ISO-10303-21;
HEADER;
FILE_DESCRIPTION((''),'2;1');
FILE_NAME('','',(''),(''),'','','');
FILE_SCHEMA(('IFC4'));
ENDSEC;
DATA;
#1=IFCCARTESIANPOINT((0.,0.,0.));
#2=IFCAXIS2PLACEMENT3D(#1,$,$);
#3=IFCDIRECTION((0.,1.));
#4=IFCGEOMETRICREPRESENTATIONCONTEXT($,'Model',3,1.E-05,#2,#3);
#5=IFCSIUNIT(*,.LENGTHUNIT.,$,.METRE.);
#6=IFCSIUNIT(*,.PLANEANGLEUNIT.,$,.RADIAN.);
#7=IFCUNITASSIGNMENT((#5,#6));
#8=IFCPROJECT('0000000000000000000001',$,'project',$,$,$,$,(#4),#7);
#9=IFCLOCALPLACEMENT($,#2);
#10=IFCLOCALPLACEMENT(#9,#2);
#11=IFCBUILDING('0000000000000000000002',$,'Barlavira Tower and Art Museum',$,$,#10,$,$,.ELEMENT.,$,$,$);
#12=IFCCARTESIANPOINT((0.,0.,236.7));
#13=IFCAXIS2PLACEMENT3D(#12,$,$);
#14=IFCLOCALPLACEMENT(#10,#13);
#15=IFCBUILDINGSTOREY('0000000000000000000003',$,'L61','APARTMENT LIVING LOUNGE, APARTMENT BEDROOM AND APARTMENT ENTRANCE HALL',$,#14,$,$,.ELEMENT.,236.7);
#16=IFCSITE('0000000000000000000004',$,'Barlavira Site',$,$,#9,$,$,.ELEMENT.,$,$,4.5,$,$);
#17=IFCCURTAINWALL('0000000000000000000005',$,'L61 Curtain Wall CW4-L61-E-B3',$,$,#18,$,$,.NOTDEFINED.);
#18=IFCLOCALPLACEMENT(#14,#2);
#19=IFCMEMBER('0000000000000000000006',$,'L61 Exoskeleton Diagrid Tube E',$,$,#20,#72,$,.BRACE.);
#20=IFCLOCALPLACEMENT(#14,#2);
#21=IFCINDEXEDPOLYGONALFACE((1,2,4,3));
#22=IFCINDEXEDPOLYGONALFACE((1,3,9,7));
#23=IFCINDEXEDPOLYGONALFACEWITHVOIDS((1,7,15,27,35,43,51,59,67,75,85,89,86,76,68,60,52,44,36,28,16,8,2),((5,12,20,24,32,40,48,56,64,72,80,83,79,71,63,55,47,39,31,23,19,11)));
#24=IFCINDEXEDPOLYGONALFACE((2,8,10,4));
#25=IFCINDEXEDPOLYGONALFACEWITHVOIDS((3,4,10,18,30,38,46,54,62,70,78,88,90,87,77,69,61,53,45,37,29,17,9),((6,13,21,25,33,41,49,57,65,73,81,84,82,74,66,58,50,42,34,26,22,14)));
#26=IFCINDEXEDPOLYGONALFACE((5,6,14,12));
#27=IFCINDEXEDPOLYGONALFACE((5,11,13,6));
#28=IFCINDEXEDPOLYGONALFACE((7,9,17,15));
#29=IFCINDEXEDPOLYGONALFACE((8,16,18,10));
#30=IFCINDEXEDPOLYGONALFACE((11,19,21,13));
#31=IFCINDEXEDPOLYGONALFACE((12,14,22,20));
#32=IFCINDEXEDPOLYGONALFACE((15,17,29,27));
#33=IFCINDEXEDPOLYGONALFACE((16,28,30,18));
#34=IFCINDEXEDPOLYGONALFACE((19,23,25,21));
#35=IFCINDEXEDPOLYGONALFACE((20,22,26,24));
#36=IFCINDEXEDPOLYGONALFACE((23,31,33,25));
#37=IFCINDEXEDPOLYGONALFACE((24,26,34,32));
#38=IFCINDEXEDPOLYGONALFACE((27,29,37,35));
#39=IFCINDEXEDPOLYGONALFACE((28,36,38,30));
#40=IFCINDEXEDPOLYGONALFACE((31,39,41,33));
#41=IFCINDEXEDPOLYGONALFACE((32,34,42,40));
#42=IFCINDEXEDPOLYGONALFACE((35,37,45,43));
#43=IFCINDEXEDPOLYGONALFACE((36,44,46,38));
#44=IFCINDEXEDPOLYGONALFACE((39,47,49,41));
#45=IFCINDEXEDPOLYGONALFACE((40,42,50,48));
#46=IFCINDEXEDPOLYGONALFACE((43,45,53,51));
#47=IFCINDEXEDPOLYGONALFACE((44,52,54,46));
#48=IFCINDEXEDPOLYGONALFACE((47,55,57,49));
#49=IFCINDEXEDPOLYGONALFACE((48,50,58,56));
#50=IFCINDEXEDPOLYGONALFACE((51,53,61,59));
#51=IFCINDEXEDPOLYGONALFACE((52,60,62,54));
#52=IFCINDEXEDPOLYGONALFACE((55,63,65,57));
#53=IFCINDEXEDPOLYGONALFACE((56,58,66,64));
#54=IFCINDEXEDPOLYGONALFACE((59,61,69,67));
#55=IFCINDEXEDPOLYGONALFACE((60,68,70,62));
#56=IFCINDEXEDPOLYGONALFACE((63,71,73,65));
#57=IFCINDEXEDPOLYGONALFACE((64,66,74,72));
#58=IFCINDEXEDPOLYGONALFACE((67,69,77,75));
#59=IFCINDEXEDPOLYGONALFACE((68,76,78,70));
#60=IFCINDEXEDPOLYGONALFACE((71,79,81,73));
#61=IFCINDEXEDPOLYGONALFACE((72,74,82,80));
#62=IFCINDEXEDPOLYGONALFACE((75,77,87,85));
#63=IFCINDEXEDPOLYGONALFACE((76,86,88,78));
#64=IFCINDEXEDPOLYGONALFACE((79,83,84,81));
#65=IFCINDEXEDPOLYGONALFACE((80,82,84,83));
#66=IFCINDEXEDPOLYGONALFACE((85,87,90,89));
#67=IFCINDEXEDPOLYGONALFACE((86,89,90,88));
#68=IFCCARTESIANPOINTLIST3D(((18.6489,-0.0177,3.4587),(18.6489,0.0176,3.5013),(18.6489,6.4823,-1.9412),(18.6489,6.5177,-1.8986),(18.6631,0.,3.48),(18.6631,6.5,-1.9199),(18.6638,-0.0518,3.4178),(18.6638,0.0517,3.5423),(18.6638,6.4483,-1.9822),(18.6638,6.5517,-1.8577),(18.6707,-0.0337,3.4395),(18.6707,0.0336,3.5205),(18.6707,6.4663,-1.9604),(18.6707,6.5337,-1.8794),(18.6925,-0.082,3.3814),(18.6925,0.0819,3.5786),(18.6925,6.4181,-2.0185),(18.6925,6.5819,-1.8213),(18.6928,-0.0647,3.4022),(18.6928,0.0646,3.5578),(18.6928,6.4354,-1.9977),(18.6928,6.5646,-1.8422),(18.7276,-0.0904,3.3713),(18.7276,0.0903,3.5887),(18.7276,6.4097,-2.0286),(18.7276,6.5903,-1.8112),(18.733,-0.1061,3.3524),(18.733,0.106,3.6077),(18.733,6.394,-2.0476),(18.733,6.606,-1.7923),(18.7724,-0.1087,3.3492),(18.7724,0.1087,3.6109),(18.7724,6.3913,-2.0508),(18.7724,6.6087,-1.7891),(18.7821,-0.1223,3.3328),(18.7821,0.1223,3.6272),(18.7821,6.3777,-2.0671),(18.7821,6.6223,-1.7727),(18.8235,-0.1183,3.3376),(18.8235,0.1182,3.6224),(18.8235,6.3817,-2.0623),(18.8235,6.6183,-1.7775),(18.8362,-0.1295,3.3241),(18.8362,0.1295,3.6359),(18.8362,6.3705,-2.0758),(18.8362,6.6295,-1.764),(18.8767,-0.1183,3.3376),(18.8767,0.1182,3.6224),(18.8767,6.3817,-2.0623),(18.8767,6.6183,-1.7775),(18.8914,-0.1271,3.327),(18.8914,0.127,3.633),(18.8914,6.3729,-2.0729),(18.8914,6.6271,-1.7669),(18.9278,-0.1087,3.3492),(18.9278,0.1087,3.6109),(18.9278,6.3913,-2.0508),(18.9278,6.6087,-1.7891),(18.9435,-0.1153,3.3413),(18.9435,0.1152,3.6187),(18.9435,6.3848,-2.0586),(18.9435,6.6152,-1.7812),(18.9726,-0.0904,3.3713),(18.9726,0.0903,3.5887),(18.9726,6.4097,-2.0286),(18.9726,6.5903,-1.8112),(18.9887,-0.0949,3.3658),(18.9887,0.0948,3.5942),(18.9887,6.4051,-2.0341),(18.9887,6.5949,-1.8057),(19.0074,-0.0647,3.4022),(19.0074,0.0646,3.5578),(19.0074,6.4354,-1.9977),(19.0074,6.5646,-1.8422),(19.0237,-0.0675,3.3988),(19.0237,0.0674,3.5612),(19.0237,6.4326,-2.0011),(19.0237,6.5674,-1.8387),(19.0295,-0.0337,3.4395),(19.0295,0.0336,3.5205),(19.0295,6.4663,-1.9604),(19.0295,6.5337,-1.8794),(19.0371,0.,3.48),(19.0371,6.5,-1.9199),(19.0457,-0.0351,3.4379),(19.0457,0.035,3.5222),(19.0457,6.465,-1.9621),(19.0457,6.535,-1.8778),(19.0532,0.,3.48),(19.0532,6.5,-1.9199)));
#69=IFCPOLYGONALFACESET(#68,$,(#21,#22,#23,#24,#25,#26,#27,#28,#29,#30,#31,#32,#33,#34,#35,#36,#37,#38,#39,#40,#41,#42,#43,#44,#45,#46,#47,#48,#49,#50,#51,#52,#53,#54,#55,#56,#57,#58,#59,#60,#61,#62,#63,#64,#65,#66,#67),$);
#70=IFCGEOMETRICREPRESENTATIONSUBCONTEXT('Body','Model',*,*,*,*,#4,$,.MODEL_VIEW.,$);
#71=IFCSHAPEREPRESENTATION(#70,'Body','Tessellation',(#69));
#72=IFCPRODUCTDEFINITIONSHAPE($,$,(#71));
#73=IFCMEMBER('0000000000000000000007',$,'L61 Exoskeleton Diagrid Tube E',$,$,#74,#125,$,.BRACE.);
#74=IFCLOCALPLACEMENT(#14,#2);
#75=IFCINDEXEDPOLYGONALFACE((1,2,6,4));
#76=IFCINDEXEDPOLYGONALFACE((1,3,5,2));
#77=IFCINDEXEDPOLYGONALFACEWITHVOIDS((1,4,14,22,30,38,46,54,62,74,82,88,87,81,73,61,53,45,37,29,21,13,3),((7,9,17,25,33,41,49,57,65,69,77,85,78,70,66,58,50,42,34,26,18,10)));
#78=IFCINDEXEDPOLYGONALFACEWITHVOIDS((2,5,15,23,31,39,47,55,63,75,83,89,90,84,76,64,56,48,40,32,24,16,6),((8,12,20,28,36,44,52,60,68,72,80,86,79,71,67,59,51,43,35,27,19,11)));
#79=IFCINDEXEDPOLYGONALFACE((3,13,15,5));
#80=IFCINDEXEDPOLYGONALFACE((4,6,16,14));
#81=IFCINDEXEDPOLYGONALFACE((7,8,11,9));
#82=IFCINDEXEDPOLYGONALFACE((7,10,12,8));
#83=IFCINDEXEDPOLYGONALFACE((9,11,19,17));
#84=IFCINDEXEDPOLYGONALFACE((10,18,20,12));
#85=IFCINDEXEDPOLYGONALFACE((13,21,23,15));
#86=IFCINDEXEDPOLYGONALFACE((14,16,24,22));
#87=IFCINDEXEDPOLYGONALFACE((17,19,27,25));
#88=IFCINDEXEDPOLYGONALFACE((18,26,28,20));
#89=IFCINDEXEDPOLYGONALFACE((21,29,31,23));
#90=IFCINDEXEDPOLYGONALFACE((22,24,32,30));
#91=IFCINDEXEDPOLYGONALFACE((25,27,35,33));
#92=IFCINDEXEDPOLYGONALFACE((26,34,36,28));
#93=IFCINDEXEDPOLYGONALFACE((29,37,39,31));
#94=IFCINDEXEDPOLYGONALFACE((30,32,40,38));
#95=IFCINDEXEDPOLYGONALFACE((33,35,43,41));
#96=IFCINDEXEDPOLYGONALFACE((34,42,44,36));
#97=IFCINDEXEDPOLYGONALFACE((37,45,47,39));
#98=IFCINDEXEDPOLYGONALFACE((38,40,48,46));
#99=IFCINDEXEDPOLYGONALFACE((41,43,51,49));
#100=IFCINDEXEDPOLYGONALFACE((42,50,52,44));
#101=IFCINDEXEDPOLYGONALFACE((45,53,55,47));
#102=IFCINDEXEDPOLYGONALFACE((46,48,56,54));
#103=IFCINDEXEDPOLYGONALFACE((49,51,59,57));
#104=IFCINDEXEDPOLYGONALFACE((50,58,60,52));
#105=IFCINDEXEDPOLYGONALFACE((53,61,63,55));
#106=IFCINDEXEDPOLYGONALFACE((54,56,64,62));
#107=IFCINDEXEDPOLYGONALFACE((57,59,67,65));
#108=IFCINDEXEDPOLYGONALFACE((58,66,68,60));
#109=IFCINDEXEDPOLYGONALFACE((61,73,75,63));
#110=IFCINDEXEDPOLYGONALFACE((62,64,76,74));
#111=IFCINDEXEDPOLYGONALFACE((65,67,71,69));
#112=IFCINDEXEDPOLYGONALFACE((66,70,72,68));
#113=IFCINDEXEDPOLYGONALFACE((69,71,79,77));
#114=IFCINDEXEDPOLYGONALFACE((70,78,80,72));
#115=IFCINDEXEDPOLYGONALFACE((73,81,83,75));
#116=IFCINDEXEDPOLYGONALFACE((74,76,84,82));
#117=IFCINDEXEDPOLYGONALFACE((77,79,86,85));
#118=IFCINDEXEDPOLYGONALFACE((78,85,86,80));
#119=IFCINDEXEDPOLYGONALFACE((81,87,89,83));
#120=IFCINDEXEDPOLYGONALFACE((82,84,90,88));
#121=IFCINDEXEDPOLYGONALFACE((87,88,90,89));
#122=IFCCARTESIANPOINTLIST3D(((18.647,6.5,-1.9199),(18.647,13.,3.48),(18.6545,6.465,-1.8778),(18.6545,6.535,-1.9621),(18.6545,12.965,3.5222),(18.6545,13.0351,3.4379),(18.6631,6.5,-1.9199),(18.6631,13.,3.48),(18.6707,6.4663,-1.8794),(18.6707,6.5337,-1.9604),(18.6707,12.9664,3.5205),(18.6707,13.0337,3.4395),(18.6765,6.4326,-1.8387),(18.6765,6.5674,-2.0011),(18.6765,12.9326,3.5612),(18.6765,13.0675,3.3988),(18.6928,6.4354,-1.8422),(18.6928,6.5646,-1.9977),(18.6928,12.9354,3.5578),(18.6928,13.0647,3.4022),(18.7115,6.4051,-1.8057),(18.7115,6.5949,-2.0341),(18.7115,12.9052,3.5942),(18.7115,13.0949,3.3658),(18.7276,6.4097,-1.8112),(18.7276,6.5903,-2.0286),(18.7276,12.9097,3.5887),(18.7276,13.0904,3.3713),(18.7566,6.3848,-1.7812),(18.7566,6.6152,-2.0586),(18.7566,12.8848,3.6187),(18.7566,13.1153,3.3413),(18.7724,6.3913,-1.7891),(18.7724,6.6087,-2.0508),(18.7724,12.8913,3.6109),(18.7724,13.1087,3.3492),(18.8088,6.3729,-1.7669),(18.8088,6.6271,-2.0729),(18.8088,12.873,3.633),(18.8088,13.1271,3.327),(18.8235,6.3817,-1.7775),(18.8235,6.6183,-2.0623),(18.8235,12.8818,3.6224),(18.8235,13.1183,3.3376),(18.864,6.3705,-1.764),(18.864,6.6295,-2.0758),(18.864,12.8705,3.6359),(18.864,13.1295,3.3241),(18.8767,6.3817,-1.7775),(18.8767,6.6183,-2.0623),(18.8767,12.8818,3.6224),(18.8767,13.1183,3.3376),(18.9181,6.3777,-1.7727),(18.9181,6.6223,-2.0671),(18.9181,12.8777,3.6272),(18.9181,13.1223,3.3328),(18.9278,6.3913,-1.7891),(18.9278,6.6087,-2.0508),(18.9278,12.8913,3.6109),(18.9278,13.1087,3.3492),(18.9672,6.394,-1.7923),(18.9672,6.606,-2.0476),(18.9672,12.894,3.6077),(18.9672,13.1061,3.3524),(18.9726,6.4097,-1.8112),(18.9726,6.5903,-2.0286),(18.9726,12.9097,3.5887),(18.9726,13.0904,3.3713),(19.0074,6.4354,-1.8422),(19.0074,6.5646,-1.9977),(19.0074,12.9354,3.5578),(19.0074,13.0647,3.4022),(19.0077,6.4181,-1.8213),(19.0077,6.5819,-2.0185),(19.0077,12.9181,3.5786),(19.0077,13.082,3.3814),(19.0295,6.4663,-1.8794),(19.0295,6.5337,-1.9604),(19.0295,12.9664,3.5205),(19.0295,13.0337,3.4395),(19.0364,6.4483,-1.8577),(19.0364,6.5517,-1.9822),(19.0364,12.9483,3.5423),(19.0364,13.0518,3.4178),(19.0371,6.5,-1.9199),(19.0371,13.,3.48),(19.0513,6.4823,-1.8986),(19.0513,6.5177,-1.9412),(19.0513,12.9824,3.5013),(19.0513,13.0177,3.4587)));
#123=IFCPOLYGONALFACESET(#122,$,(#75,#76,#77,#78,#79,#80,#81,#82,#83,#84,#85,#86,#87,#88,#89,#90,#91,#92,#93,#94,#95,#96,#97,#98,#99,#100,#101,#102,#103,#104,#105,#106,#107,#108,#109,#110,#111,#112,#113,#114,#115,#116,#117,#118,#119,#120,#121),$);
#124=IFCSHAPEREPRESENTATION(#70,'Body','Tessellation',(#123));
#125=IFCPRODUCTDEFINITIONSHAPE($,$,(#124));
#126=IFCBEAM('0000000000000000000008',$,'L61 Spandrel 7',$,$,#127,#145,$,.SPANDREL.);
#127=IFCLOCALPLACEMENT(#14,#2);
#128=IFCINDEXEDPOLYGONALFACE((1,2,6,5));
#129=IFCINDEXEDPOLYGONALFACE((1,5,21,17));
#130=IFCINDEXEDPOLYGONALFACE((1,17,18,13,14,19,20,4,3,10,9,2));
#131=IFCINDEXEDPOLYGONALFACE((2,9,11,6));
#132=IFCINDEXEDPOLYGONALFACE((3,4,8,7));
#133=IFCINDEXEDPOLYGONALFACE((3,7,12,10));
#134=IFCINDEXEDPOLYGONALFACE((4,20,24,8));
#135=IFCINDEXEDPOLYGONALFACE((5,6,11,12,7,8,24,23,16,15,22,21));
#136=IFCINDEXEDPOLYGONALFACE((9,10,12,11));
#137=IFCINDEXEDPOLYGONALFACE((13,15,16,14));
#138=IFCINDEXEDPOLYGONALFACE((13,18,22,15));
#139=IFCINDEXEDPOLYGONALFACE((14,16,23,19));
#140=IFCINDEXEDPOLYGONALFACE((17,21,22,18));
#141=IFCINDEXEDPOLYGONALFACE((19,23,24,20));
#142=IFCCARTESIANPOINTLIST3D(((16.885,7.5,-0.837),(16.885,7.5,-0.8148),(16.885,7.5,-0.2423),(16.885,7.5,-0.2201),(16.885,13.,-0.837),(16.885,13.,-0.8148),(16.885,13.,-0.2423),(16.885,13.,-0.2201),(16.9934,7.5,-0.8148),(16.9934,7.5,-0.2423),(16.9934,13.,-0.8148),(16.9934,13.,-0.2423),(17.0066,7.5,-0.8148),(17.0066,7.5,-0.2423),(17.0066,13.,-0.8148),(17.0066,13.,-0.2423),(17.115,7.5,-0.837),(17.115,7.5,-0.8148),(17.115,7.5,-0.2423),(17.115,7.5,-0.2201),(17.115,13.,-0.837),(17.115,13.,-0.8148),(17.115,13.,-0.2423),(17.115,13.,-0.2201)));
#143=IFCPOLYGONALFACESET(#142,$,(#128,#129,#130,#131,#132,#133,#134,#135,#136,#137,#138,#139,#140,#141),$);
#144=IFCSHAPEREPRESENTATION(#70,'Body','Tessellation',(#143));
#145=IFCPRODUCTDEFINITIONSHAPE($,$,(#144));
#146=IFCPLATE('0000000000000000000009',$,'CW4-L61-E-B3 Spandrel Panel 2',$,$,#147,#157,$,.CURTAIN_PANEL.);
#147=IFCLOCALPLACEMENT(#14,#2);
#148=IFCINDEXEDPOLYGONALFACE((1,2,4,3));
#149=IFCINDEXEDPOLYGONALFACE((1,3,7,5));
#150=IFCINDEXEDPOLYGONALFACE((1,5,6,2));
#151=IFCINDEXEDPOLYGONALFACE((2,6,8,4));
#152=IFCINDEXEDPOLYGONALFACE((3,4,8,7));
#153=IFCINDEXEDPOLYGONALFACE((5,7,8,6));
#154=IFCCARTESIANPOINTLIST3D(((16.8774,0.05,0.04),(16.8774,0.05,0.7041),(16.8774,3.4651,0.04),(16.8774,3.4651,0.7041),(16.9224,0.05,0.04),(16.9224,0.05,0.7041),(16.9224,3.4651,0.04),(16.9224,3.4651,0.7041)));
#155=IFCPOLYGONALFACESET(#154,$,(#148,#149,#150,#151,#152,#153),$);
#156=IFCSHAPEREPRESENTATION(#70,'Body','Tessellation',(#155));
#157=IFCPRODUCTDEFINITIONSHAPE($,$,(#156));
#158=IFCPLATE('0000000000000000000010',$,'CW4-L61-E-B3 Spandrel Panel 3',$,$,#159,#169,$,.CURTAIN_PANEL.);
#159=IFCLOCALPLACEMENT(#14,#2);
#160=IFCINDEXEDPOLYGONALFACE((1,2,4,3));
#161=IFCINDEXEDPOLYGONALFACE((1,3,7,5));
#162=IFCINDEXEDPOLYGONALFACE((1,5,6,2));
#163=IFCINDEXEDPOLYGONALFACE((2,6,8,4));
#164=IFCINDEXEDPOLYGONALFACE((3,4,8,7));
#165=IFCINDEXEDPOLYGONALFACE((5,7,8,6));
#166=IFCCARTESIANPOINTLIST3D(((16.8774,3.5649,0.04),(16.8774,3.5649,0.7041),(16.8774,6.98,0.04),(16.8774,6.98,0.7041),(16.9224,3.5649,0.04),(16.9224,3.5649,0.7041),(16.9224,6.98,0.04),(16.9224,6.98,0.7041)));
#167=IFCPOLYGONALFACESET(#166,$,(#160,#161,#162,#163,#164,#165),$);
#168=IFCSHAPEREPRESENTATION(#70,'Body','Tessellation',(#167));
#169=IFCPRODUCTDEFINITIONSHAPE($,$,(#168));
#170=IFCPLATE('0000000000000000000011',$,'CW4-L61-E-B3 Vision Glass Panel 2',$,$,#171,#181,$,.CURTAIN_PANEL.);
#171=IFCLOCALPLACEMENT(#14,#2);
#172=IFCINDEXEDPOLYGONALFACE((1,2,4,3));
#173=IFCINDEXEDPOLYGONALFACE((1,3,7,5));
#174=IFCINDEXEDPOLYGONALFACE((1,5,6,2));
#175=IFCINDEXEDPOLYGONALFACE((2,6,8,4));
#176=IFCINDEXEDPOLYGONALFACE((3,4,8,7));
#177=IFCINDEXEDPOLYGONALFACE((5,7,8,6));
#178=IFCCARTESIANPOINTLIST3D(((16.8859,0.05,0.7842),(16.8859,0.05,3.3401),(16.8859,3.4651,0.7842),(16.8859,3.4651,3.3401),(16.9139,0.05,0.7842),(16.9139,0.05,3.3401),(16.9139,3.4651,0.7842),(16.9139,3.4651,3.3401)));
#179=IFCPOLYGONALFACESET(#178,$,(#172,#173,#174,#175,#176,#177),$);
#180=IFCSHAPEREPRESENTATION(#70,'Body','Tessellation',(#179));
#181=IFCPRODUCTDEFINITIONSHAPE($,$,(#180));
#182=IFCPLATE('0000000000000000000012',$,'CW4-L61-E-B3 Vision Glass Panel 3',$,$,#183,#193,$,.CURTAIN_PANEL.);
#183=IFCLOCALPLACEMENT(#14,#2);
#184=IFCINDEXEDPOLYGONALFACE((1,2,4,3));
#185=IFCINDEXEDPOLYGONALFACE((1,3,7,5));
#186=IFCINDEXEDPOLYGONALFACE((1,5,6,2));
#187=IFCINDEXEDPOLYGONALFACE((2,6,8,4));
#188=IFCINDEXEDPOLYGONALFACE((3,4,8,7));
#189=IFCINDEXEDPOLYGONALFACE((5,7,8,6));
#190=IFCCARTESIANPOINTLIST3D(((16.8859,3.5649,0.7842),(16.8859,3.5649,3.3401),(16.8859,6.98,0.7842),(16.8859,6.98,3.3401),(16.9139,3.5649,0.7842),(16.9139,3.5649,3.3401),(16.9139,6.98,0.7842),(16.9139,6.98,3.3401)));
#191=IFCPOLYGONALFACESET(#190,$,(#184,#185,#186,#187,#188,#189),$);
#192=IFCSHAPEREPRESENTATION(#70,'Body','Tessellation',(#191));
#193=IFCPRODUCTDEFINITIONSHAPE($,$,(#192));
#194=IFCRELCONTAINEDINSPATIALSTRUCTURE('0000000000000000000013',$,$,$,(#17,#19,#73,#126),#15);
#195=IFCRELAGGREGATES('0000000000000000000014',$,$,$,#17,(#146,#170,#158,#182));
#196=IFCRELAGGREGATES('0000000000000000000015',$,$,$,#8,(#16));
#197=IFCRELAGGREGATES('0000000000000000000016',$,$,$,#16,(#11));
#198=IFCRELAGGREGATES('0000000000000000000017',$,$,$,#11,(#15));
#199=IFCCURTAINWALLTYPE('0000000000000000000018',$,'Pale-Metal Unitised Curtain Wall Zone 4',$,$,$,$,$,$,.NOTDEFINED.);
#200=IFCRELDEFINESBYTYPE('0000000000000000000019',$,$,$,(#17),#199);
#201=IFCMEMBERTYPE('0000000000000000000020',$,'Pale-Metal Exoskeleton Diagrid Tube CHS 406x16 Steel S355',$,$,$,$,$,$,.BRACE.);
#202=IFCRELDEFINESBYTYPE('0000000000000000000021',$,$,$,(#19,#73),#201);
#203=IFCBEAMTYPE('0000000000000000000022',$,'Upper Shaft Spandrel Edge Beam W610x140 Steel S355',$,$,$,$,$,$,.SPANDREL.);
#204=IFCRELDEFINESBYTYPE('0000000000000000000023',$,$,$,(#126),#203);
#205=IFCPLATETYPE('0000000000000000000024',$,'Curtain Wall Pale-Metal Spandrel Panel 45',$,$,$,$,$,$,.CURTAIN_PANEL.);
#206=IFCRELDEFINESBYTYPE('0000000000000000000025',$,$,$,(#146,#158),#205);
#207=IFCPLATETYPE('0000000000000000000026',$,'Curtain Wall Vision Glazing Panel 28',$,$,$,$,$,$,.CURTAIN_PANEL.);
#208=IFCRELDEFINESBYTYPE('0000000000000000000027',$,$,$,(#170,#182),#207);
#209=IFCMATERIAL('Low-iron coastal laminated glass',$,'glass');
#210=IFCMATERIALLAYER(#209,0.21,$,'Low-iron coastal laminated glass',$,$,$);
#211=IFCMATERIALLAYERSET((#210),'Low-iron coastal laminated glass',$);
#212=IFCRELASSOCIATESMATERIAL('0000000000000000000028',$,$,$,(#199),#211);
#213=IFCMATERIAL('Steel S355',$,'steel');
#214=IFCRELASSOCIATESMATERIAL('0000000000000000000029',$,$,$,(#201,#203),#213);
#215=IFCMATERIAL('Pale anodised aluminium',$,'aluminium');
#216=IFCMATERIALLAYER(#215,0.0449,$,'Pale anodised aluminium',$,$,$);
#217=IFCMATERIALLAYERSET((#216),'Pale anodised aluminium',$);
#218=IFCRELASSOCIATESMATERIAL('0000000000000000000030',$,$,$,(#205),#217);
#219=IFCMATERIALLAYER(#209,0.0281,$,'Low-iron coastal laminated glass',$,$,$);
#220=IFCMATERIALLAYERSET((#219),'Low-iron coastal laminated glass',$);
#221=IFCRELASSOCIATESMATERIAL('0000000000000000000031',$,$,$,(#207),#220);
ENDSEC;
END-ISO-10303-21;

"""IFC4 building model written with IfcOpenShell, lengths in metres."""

from ifc_helpers import new_model, si_unit, direction, frame, origin, origin_2d, place, context, subcontext, project, spatial, rectangle, hollow_circle, i_section, extrude, material, layer, layer_set, material_profile, profile_set, type_object, element, aggregate, save


model = new_model("IFC4")

# Units and contexts
model_context = context("Model", 3, precision=1e-05, world=origin(), true_north=direction((0.0, 1.0)))
body_context = subcontext(model_context, "Body", "Model", "MODEL_VIEW")
ifc_project = project(units=[si_unit("LENGTHUNIT", "METRE"), si_unit("PLANEANGLEUNIT", "RADIAN")], contexts=[model_context])

# Site, building, storey
site_placement = place(None, origin())
site = spatial("IfcSite", under=ifc_project, at=site_placement, Name="Barlavira Site", CompositionType="ELEMENT", RefElevation=4.5)
building_placement = place(site_placement, origin())
building = spatial("IfcBuilding", under=site, at=building_placement, Name="Barlavira Tower and Art Museum", CompositionType="ELEMENT")
storey_placement = place(building_placement, frame((0.0, 0.0, 236.7)))
storey = spatial("IfcBuildingStorey", under=building, at=storey_placement, Name="L61", Description="APARTMENT LIVING LOUNGE, APARTMENT BEDROOM AND APARTMENT ENTRANCE HALL", CompositionType="ELEMENT", Elevation=236.7)

# Curtain wall
ifc_material_1 = material(Name="Low-iron coastal laminated glass", Category="glass")
ifc_layer_1 = layer(ifc_material_1, 0.21, Name="Low-iron coastal laminated glass")
ifc_layer_set_1 = layer_set([ifc_layer_1], Name="Low-iron coastal laminated glass")
curtain_wall_type = type_object("IfcCurtainWallType", Name="Pale-Metal Unitised Curtain Wall Zone 4", PredefinedType="NOTDEFINED", material=ifc_layer_set_1)
curtain_wall_placement = place(storey_placement, origin())
curtain_wall = element("IfcCurtainWall", 1, at=curtain_wall_placement, inside=storey, type_object=curtain_wall_type, Name="L61 Curtain Wall CW4-L61-E-B3", PredefinedType="NOTDEFINED")
ifc_material_2 = material(Name="Pale anodised aluminium", Category="aluminium")

# Members
ifc_material_3 = material(Name="Steel S355", Category="steel")
ifc_material_profile_1 = material_profile(ifc_material_3, hollow_circle(Radius=0.2031, WallThickness=0.0161, at=origin_2d()), Name="CHS 406.4x16.0")
ifc_profile_set_1 = profile_set([ifc_material_profile_1], Name="Steel S355")
member_type_1 = type_object("IfcMemberType", Name="Pale-Metal Exoskeleton Diagrid Tube CHS 406x16 Steel S355", PredefinedType="BRACE", material=ifc_profile_set_1)
for number, where, z_axis, x_axis, name in (
    (2, (18.8501, 6.5, -1.9199), (0.0, -0.769196, 0.639013), (1.0, 0.0, 0.0), "L61 Exoskeleton Diagrid Tube E"),
    (3, (18.8501, 6.5, -1.9199), (0.0, 0.769196, 0.639013), (-1.0, 0.0, 0.0), "L61 Exoskeleton Diagrid Tube E"),
):
    element("IfcMember", number, at=place(storey_placement, frame(where, z_axis=z_axis, x_axis=x_axis)), inside=storey, type_object=member_type_1, Name=name, PredefinedType="BRACE", context=body_context, shape_type="SweptSolid", body=[
        extrude(hollow_circle(Radius=0.2031, WallThickness=0.0161, at=origin_2d()), origin(), (0.0, 0.0, 1.0), 8.4504),
    ])

# Beam
ifc_material_profile_2 = material_profile(ifc_material_3, i_section(OverallWidth=0.23, OverallDepth=0.6169, WebThickness=0.0132, FlangeThickness=0.0222, at=origin_2d()), Name="W610x140.0")
ifc_profile_set_2 = profile_set([ifc_material_profile_2], Name="Steel S355")
beam_type = type_object("IfcBeamType", Name="Upper Shaft Spandrel Edge Beam W610x140 Steel S355", PredefinedType="SPANDREL", material=ifc_profile_set_2)
beam_placement = place(storey_placement, frame((17.0, 7.5, -0.5286), z_axis=(0.0, 1.0, 0.0), x_axis=(-1.0, 0.0, 0.0)))
element("IfcBeam", 4, at=beam_placement, inside=storey, type_object=beam_type, Name="L61 Spandrel 7", PredefinedType="SPANDREL", context=body_context, shape_type="SweptSolid", body=[
    extrude(i_section(OverallWidth=0.23, OverallDepth=0.6169, WebThickness=0.0132, FlangeThickness=0.0222, at=origin_2d()), origin(), (0.0, 0.0, 1.0), 5.5),
])

# Plates
ifc_layer_2 = layer(ifc_material_2, 0.0449, Name="Pale anodised aluminium")
ifc_layer_set_2 = layer_set([ifc_layer_2], Name="Pale anodised aluminium")
plate_type_1 = type_object("IfcPlateType", Name="Curtain Wall Pale-Metal Spandrel Panel 45", PredefinedType="CURTAIN_PANEL", material=ifc_layer_set_2)
plate_1_placement = place(storey_placement, frame((16.8999, 1.7576, 0.04), z_axis=(0.0, 0.0, 1.0), x_axis=(0.0, 1.0, 0.0)))
plate_1 = element("IfcPlate", 5, at=plate_1_placement, type_object=plate_type_1, Name="CW4-L61-E-B3 Spandrel Panel 2", PredefinedType="CURTAIN_PANEL", context=body_context, shape_type="SweptSolid", body=[
    extrude(rectangle(XDim=3.415, YDim=0.0449, at=origin_2d()), origin(), (0.0, 0.0, 1.0), 0.6641),
])
plate_2_placement = place(storey_placement, frame((16.8999, 5.2725, 0.04), z_axis=(0.0, 0.0, 1.0), x_axis=(0.0, 1.0, 0.0)))
plate_2 = element("IfcPlate", 6, at=plate_2_placement, type_object=plate_type_1, Name="CW4-L61-E-B3 Spandrel Panel 3", PredefinedType="CURTAIN_PANEL", context=body_context, shape_type="SweptSolid", body=[
    extrude(rectangle(XDim=3.415, YDim=0.0449, at=origin_2d()), origin(), (0.0, 0.0, 1.0), 0.6641),
])
ifc_layer_3 = layer(ifc_material_1, 0.0281, Name="Low-iron coastal laminated glass")
ifc_layer_set_3 = layer_set([ifc_layer_3], Name="Low-iron coastal laminated glass")
plate_type_2 = type_object("IfcPlateType", Name="Curtain Wall Vision Glazing Panel 28", PredefinedType="CURTAIN_PANEL", material=ifc_layer_set_3)
plate_3_placement = place(storey_placement, frame((16.8999, 1.7576, 0.7842), z_axis=(0.0, 0.0, 1.0), x_axis=(0.0, 1.0, 0.0)))
plate_3 = element("IfcPlate", 7, at=plate_3_placement, type_object=plate_type_2, Name="CW4-L61-E-B3 Vision Glass Panel 2", PredefinedType="CURTAIN_PANEL", context=body_context, shape_type="SweptSolid", body=[
    extrude(rectangle(XDim=3.415, YDim=0.0281, at=origin_2d()), origin(), (0.0, 0.0, 1.0), 2.5559),
])
plate_4_placement = place(storey_placement, frame((16.8999, 5.2725, 0.7842), z_axis=(0.0, 0.0, 1.0), x_axis=(0.0, 1.0, 0.0)))
plate_4 = element("IfcPlate", 8, at=plate_4_placement, type_object=plate_type_2, Name="CW4-L61-E-B3 Vision Glass Panel 3", PredefinedType="CURTAIN_PANEL", context=body_context, shape_type="SweptSolid", body=[
    extrude(rectangle(XDim=3.415, YDim=0.0281, at=origin_2d()), origin(), (0.0, 0.0, 1.0), 2.5559),
])
aggregate(curtain_wall, [plate_1, plate_3, plate_2, plate_4])

save(model, "model.ifc")
